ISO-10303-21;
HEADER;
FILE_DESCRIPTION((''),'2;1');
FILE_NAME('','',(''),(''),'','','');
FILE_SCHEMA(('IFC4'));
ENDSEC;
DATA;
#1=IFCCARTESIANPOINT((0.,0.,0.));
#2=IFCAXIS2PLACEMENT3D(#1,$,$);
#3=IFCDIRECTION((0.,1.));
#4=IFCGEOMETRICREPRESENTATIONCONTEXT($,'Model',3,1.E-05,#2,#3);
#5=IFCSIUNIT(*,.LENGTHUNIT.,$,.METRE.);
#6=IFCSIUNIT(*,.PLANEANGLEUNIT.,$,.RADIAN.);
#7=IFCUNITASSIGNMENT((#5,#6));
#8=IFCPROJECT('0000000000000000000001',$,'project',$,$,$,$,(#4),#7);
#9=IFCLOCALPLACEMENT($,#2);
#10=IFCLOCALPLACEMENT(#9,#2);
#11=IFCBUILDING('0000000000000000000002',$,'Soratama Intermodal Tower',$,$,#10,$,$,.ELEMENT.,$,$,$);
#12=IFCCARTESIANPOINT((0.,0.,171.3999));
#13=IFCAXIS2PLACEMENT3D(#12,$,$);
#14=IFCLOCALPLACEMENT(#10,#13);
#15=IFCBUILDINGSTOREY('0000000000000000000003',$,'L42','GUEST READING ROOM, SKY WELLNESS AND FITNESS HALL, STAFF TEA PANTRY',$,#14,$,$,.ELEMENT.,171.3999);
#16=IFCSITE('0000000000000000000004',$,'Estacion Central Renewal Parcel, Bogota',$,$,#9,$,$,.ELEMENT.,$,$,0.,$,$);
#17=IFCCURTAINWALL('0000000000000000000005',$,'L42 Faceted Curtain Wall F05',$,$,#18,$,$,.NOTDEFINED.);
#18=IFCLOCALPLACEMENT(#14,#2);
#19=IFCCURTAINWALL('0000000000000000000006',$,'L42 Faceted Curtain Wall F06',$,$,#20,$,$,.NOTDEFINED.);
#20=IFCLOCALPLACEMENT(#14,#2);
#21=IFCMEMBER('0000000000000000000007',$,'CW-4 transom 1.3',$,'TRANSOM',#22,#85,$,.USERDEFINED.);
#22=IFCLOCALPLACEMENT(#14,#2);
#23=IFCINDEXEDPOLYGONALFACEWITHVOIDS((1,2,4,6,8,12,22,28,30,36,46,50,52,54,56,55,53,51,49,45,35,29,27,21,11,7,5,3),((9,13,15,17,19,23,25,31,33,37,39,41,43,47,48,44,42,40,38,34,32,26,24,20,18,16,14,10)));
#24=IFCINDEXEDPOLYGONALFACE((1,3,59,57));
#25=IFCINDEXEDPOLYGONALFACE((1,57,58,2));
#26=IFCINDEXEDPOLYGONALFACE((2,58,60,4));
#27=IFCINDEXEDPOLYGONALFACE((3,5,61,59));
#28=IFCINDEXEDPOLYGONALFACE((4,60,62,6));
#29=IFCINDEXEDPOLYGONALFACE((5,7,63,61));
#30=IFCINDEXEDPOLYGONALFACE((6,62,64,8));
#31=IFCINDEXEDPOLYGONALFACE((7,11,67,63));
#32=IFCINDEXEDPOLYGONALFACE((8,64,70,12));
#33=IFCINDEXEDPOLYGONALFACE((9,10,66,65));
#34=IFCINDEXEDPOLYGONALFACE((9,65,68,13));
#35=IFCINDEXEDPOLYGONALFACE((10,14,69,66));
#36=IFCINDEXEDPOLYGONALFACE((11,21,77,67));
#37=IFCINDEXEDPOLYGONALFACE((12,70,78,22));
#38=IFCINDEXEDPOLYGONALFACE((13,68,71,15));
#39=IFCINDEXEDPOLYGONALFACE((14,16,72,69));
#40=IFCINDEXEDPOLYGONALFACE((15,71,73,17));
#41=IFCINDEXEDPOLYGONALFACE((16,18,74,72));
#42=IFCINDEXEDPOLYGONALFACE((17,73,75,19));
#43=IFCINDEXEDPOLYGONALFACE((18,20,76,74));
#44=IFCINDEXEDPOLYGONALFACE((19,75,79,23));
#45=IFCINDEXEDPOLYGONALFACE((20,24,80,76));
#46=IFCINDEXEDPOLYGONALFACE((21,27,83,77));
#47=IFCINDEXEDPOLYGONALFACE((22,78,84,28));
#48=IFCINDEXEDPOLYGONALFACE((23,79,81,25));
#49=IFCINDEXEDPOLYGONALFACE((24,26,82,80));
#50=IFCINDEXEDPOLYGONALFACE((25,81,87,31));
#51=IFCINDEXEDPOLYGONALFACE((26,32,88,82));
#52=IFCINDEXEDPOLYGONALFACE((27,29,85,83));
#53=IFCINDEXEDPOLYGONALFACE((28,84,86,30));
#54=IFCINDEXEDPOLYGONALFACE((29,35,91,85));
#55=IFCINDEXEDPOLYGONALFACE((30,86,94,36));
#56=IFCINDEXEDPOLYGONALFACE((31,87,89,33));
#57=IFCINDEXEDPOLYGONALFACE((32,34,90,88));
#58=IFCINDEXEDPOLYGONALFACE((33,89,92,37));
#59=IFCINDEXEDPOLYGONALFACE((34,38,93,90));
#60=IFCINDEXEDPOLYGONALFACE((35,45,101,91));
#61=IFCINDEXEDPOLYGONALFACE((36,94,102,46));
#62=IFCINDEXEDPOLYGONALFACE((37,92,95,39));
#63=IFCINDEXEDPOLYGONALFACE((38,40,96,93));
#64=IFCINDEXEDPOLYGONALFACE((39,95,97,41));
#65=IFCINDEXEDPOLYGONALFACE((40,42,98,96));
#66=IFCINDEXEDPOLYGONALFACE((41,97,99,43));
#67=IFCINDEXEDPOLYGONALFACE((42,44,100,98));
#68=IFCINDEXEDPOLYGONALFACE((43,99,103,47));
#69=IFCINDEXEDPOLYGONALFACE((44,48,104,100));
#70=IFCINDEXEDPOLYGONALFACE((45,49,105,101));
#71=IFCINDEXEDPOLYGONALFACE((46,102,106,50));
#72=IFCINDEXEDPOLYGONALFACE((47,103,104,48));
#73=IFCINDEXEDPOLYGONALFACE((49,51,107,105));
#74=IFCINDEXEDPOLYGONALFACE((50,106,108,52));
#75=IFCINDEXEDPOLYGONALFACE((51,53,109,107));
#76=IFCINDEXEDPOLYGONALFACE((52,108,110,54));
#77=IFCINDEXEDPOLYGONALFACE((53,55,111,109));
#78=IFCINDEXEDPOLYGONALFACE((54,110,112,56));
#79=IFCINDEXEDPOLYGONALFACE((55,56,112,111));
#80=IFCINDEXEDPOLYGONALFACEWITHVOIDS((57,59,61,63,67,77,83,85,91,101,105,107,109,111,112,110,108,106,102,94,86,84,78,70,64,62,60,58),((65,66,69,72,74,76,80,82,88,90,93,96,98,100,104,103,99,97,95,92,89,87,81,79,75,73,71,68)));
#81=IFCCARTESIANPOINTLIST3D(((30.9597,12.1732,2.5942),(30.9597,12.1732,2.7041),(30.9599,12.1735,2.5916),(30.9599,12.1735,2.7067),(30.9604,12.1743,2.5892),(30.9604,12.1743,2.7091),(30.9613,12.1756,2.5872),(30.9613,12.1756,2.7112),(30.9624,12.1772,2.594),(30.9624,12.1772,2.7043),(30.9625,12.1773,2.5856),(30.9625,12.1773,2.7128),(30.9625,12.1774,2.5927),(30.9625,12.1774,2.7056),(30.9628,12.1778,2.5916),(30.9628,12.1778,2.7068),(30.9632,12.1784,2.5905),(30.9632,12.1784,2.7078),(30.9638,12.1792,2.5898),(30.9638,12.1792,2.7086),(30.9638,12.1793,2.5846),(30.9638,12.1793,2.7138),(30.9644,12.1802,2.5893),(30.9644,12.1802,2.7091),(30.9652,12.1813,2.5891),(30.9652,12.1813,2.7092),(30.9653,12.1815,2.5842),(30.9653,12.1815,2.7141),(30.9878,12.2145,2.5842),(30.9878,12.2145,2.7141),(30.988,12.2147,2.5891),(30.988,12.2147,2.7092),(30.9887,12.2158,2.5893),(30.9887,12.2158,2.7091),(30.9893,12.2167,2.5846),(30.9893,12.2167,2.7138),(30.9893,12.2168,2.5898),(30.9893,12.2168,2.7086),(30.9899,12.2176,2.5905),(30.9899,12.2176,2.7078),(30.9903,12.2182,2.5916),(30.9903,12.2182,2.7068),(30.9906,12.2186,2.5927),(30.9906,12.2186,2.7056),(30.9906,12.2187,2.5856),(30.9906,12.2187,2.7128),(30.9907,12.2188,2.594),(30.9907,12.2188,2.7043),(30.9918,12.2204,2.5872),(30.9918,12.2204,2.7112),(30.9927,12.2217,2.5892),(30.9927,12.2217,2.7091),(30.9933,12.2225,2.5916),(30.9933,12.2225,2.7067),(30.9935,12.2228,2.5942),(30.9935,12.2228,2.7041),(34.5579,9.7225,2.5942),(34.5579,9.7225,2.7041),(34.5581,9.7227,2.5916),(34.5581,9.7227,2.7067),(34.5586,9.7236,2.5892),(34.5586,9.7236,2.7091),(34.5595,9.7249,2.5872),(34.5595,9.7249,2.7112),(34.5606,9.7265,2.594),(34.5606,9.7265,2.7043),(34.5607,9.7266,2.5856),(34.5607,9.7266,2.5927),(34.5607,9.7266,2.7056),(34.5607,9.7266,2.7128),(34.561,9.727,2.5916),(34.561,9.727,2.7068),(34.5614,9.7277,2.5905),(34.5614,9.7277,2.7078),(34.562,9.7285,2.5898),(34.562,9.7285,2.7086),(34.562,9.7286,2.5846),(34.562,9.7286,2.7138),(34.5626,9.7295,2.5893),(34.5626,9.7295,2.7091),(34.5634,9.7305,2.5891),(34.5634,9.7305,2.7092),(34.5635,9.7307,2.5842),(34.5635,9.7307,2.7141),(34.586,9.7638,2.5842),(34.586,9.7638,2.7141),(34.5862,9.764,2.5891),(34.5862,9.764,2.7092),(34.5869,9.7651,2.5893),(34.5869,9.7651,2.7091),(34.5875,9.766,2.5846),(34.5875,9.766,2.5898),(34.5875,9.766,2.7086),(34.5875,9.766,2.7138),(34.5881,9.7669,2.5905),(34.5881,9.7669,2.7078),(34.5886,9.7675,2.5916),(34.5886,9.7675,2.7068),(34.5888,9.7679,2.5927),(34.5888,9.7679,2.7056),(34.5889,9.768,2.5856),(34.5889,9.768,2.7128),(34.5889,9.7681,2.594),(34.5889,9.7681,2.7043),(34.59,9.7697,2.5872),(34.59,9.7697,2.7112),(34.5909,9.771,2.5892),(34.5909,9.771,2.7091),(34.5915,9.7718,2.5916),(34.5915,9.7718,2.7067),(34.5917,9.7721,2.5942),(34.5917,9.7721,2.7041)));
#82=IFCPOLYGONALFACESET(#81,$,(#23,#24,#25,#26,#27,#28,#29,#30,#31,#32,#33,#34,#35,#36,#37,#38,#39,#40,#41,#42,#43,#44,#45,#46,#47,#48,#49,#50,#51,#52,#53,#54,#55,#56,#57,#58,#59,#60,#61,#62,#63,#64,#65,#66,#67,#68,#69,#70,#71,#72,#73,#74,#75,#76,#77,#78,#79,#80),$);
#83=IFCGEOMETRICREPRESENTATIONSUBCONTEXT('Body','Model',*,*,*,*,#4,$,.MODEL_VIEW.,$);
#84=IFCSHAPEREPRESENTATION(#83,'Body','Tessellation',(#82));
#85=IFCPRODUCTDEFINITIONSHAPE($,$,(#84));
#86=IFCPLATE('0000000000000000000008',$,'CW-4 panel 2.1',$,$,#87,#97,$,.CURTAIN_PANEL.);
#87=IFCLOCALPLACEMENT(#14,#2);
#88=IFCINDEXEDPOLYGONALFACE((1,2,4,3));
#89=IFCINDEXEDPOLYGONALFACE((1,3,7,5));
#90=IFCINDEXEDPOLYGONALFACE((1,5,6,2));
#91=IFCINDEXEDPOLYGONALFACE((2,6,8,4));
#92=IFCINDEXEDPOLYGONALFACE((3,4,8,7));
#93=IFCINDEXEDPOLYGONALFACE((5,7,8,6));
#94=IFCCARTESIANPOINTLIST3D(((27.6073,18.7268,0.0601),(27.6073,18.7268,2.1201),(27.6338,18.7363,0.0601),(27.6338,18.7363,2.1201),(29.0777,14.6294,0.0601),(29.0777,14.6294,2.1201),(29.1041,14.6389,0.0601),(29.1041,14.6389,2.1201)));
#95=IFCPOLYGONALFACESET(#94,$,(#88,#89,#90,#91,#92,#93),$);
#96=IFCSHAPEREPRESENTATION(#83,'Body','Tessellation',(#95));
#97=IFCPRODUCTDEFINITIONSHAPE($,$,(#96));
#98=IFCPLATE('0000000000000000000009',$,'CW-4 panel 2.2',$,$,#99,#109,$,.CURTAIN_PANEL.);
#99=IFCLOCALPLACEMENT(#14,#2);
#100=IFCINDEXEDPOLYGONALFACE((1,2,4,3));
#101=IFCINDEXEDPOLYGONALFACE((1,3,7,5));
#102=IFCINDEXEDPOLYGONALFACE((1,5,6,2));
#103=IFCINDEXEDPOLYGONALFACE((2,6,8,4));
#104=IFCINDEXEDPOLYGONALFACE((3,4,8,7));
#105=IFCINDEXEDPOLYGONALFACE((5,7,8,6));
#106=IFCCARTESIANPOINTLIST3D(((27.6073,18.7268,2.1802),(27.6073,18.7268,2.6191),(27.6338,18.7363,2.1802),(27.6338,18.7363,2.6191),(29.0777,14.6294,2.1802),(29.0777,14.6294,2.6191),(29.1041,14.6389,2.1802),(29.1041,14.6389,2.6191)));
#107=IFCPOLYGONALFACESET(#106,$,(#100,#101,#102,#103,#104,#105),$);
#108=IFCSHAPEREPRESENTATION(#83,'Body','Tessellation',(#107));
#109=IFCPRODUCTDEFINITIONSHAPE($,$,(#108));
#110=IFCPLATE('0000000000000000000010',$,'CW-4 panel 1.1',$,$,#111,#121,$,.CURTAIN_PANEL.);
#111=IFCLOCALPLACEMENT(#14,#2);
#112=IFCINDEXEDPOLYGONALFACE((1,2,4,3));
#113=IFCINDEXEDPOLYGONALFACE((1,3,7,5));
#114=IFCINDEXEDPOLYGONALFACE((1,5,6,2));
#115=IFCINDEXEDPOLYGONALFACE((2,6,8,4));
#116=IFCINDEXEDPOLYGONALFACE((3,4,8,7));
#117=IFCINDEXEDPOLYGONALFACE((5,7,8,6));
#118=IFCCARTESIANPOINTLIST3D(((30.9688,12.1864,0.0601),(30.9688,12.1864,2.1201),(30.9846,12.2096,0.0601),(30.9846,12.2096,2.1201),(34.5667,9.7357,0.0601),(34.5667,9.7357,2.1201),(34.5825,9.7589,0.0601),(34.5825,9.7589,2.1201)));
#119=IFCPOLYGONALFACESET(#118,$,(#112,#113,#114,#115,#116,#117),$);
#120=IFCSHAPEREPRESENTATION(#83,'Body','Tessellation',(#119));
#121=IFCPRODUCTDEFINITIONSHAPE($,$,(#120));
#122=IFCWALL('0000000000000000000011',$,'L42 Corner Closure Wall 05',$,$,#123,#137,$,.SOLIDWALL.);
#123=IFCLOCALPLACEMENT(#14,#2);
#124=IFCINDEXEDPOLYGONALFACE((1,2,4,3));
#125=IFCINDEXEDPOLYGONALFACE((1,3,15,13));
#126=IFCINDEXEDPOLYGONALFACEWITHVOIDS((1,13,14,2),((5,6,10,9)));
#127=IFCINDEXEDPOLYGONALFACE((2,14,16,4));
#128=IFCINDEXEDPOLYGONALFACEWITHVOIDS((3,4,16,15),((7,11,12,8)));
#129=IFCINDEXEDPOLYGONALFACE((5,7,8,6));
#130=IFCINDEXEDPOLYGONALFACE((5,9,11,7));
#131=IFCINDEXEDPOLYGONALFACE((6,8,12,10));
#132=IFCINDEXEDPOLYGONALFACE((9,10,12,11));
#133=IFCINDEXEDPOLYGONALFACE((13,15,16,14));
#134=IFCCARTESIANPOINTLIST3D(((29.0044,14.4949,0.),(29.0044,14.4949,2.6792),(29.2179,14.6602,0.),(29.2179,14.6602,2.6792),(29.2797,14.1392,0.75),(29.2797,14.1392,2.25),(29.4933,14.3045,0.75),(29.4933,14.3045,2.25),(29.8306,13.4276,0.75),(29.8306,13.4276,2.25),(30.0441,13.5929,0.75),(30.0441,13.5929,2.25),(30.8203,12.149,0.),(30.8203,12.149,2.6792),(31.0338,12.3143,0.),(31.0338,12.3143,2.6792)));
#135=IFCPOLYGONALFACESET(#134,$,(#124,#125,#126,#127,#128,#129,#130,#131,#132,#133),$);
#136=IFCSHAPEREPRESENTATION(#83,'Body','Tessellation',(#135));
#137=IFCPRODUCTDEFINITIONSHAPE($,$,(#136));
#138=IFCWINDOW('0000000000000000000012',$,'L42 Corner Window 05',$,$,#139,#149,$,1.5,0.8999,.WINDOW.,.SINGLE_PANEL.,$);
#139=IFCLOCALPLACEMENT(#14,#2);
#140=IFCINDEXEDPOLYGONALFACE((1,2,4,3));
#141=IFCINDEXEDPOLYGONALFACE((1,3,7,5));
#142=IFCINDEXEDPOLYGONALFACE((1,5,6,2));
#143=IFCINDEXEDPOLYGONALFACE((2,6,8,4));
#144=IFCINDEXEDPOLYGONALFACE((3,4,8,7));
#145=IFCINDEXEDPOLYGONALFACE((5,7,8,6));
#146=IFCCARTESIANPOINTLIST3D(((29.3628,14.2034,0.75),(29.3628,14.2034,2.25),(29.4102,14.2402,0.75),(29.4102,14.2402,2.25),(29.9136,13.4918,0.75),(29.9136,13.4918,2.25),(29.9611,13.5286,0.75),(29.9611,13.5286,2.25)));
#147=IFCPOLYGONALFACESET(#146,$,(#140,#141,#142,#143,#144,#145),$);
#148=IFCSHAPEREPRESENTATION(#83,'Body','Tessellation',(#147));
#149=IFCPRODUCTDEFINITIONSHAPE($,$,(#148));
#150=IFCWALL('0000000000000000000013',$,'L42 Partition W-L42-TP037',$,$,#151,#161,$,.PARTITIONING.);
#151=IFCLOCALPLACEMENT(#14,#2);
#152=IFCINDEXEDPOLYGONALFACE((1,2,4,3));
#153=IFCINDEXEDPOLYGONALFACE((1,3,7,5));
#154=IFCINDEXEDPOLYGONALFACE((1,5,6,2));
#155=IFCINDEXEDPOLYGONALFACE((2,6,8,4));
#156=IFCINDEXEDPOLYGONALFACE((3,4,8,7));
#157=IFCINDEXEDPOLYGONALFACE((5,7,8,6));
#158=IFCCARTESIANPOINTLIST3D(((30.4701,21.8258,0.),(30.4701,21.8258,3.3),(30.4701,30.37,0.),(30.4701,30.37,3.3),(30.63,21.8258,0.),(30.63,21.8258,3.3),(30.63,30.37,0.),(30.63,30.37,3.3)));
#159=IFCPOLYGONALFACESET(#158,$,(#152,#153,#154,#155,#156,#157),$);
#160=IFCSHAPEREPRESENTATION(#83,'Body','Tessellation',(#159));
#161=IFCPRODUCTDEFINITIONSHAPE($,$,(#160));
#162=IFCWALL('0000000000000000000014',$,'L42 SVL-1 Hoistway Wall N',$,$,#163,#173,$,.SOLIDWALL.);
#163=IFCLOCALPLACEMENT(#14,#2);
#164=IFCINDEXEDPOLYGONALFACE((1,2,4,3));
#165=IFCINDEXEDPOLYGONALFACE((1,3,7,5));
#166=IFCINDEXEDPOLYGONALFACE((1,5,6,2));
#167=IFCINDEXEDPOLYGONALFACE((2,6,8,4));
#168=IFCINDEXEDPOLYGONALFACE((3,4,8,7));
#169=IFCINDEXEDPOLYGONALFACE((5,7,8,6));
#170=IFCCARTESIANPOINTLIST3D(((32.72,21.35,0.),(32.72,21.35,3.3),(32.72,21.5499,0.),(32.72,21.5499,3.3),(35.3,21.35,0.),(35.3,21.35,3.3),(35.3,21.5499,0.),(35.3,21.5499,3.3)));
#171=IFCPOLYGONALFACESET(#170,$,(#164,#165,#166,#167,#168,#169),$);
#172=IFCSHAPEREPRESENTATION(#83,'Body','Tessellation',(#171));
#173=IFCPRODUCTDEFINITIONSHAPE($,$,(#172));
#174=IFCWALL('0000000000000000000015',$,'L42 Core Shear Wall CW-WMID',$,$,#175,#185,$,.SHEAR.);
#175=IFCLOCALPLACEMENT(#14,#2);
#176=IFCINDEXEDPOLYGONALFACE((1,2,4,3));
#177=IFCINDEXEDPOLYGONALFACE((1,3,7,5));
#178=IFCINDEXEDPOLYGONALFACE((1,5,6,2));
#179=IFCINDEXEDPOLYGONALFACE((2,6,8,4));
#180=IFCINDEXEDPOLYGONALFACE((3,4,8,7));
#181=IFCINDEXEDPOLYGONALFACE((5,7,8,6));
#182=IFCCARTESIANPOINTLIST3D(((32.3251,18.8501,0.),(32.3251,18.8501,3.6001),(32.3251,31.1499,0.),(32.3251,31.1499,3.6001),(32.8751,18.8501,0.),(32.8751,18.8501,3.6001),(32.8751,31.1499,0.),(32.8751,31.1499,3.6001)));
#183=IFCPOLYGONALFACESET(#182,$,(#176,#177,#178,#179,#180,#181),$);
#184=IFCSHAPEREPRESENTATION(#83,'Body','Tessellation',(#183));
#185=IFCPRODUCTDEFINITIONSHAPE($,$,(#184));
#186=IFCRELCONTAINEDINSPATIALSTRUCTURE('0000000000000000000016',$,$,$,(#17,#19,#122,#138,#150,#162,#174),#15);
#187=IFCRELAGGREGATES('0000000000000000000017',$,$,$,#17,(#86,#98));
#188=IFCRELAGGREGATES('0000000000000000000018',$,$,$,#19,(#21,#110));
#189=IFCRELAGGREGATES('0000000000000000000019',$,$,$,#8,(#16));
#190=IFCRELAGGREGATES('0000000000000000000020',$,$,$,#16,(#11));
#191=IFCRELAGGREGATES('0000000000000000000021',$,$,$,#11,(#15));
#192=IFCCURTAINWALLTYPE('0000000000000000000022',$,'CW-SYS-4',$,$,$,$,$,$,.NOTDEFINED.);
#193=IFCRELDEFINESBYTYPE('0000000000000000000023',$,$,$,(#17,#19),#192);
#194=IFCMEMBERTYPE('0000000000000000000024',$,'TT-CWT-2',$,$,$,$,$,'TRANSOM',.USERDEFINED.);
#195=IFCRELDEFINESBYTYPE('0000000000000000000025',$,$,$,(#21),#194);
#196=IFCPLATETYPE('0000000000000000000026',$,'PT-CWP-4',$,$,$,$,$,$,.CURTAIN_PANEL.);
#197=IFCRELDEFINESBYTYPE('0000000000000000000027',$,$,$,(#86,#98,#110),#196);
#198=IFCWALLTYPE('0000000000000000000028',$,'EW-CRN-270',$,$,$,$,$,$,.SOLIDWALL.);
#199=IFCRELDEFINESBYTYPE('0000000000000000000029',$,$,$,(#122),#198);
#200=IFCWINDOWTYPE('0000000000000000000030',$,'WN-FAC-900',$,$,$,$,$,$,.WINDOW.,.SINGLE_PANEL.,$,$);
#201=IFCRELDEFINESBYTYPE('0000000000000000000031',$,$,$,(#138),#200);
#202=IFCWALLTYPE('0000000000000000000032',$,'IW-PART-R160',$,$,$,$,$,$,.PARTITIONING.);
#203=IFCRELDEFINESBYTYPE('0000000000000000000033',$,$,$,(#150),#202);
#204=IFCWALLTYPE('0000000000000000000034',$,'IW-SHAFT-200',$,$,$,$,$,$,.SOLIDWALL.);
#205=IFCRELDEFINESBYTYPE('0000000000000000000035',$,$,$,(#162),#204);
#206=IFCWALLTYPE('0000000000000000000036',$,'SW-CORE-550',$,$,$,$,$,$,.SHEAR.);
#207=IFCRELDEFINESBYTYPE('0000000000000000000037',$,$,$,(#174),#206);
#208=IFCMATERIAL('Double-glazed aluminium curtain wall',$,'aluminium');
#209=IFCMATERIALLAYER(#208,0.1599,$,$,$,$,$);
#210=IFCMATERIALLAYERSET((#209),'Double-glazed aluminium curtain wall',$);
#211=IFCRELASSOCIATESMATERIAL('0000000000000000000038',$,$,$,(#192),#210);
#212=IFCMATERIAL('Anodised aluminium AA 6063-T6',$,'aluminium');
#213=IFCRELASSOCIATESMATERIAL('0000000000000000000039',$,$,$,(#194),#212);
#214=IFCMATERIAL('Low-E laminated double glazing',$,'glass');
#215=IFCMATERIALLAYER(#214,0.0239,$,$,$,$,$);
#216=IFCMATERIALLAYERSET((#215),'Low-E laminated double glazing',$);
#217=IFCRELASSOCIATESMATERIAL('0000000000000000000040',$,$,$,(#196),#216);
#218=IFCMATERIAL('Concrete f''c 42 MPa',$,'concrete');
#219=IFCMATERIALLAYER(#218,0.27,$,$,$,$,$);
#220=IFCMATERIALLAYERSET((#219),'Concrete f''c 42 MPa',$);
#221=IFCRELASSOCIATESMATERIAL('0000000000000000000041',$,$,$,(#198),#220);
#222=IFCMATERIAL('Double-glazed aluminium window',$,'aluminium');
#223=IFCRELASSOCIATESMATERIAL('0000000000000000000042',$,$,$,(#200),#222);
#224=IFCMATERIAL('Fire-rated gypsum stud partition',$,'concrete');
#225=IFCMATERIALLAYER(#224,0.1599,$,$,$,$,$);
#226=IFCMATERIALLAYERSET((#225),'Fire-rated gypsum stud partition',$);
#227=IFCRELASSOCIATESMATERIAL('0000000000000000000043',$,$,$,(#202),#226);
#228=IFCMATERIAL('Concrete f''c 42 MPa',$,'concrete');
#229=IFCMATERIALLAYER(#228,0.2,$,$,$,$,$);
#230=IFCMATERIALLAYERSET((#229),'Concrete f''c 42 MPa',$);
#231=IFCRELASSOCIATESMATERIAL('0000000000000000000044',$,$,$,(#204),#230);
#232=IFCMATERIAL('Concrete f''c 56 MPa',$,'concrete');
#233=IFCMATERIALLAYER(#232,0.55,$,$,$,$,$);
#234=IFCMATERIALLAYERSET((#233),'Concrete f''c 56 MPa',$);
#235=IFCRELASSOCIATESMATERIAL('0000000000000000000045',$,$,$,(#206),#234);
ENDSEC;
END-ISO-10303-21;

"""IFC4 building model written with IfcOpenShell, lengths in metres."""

from ifc_helpers import new_model, si_unit, direction, frame, frame_2d, origin, origin_2d, place, context, subcontext, project, spatial, rectangle, hollow_rectangle, extrude, material, layer, layer_set, material_profile, profile_set, type_object, element, fill, aggregate, save


model = new_model("IFC4")

# Units and contexts
model_context = context("Model", 3, precision=1e-05, world=origin(), true_north=direction((0.0, 1.0)))
body_context = subcontext(model_context, "Body", "Model", "MODEL_VIEW")
ifc_project = project(units=[si_unit("LENGTHUNIT", "METRE"), si_unit("PLANEANGLEUNIT", "RADIAN")], contexts=[model_context])

# Site, building, storey
site_placement = place(None, origin())
site = spatial("IfcSite", under=ifc_project, at=site_placement, Name="Estacion Central Renewal Parcel, Bogota", CompositionType="ELEMENT", RefElevation=0.0)
building_placement = place(site_placement, origin())
building = spatial("IfcBuilding", under=site, at=building_placement, Name="Soratama Intermodal Tower", CompositionType="ELEMENT")
storey_placement = place(building_placement, frame((0.0, 0.0, 171.3999)))
storey = spatial("IfcBuildingStorey", under=building, at=storey_placement, Name="L42", Description="GUEST READING ROOM, SKY WELLNESS AND FITNESS HALL, STAFF TEA PANTRY", CompositionType="ELEMENT", Elevation=171.3999)

# Curtain wall
ifc_material_1 = material(Name="Double-glazed aluminium curtain wall", Category="aluminium")
ifc_layer_1 = layer(ifc_material_1, 0.1599)
ifc_layer_set_1 = layer_set([ifc_layer_1], Name="Double-glazed aluminium curtain wall")
curtain_wall_type = type_object("IfcCurtainWallType", Name="CW-SYS-4", PredefinedType="NOTDEFINED", material=ifc_layer_set_1)
curtain_wall_1_placement = place(storey_placement, origin())
curtain_wall_1 = element("IfcCurtainWall", 1, at=curtain_wall_1_placement, inside=storey, type_object=curtain_wall_type, Name="L42 Faceted Curtain Wall F05", PredefinedType="NOTDEFINED")

# Curtain wall, member
curtain_wall_2_placement = place(storey_placement, origin())
curtain_wall_2 = element("IfcCurtainWall", 2, at=curtain_wall_2_placement, inside=storey, type_object=curtain_wall_type, Name="L42 Faceted Curtain Wall F06", PredefinedType="NOTDEFINED")
ifc_material_2 = material(Name="Anodised aluminium AA 6063-T6", Category="aluminium")
ifc_material_profile_1 = material_profile(ifc_material_2, hollow_rectangle(XDim=0.0601, YDim=0.1299, WallThickness=0.0049, InnerFilletRadius=0.0049, OuterFilletRadius=0.01, at=origin_2d()), Name="CWT130X60X5")
ifc_profile_set_1 = profile_set([ifc_material_profile_1], Name="Anodised aluminium AA 6063-T6")
member_type_1 = type_object("IfcMemberType", Name="TT-CWT-2", ElementType="TRANSOM", PredefinedType="USERDEFINED", material=ifc_profile_set_1)
member_1_placement = place(storey_placement, frame((30.9766, 12.198, 2.6492), z_axis=(0.826505, -0.56293, 0.0), x_axis=(0.56293, 0.826505, 0.0)))
member_1 = element("IfcMember", 3, at=member_1_placement, type_object=member_type_1, Name="CW-4 transom 1.3", ObjectType="TRANSOM", PredefinedType="USERDEFINED", context=body_context, shape_type="SweptSolid", body=[
    extrude(hollow_rectangle(XDim=0.0601, YDim=0.1299, WallThickness=0.0049, InnerFilletRadius=0.0049, OuterFilletRadius=0.01, at=origin_2d()), origin(), (0.0, 0.0, 1.0), 4.3535),
])

# Plates
ifc_material_3 = material(Name="Low-E laminated double glazing", Category="glass")
ifc_layer_2 = layer(ifc_material_3, 0.0239)
ifc_layer_set_2 = layer_set([ifc_layer_2], Name="Low-E laminated double glazing")
plate_type = type_object("IfcPlateType", Name="PT-CWP-4", PredefinedType="CURTAIN_PANEL", material=ifc_layer_set_2)
plate_1_placement = place(storey_placement, frame((28.3557, 16.6829, 0.0601), z_axis=(0.0, 0.0, 1.0), x_axis=(0.337751, -0.941235, 0.0)))
plate_1 = element("IfcPlate", 4, at=plate_1_placement, type_object=plate_type, Name="CW-4 panel 2.1", PredefinedType="CURTAIN_PANEL", context=body_context, shape_type="SweptSolid", body=[
    extrude(rectangle(XDim=4.3533, YDim=0.0281, at=origin_2d()), origin(), (0.0, 0.0, 1.0), 2.0601),
])
plate_2_placement = place(storey_placement, frame((28.3557, 16.6829, 2.1802), z_axis=(0.0, 0.0, 1.0), x_axis=(0.337751, -0.941235, 0.0)))
plate_2 = element("IfcPlate", 5, at=plate_2_placement, type_object=plate_type, Name="CW-4 panel 2.2", PredefinedType="CURTAIN_PANEL", context=body_context, shape_type="SweptSolid", body=[
    extrude(rectangle(XDim=4.3533, YDim=0.0281, at=origin_2d()), origin(), (0.0, 0.0, 1.0), 0.439),
])
aggregate(curtain_wall_1, [plate_1, plate_2])
plate_3_placement = place(storey_placement, frame((32.7756, 10.9727, 0.0601), z_axis=(0.0, 0.0, 1.0), x_axis=(0.82649, -0.562951, 0.0)))
plate_3 = element("IfcPlate", 6, at=plate_3_placement, type_object=plate_type, Name="CW-4 panel 1.1", PredefinedType="CURTAIN_PANEL", context=body_context, shape_type="SweptSolid", body=[
    extrude(rectangle(XDim=4.3533, YDim=0.0281, at=origin_2d()), origin(), (0.0, 0.0, 1.0), 2.0601),
])
aggregate(curtain_wall_2, [member_1, plate_3])

# Wall, opening, window
ifc_material_4 = material(Name="Concrete f'c 42 MPa", Category="concrete")
ifc_layer_3 = layer(ifc_material_4, 0.27)
ifc_layer_set_3 = layer_set([ifc_layer_3], Name="Concrete f'c 42 MPa")
wall_type_1 = type_object("IfcWallType", Name="EW-CRN-270", PredefinedType="SOLIDWALL", material=ifc_layer_set_3)
wall_1_placement = place(storey_placement, frame((29.1111, 14.5776, 0.0), z_axis=(0.0, 0.0, 1.0), x_axis=(0.61211, -0.790773, 0.0)))
wall_1 = element("IfcWall", 7, at=wall_1_placement, inside=storey, type_object=wall_type_1, Name="L42 Corner Closure Wall 05", PredefinedType="SOLIDWALL", context=body_context, shape_type="SweptSolid", body=[
    extrude(rectangle(XDim=2.9666, YDim=0.27, at=frame_2d((1.4834, 0.0))), origin(), (0.0, 0.0, 1.0), 2.6792),
])
opening_placement = place(wall_1_placement, frame((0.45, 0.0, 0.75)))
opening = element("IfcOpeningElement", 8, at=opening_placement, cuts=wall_1, PredefinedType="OPENING", context=body_context, shape_type="SweptSolid", body=[
    extrude(rectangle(XDim=0.8999, YDim=1.5, at=frame_2d((0.45, 0.75))), frame((0.0, 0.145, 0.0), z_axis=(0.0, -1.0, 0.0), x_axis=(1.0, 0.0, 0.0)), (0.0, 0.0, 1.0), 0.29),
])
ifc_material_5 = material(Name="Double-glazed aluminium window", Category="aluminium")
window_type = type_object("IfcWindowType", Name="WN-FAC-900", PartitioningType="SINGLE_PANEL", PredefinedType="WINDOW", material=ifc_material_5)
window_placement = place(opening_placement, origin())
window = element("IfcWindow", 9, at=window_placement, inside=storey, type_object=window_type, Name="L42 Corner Window 05", OverallHeight=1.5, OverallWidth=0.8999, PartitioningType="SINGLE_PANEL", PredefinedType="WINDOW", context=body_context, shape_type="SweptSolid", body=[
    extrude(rectangle(XDim=0.8999, YDim=1.5, at=frame_2d((0.45, 0.75))), frame((0.0, 0.03, 0.0), z_axis=(0.0, -1.0, 0.0), x_axis=(1.0, 0.0, 0.0)), (0.0, 0.0, 1.0), 0.0601),
])
fill(opening, window)

# Walls
ifc_material_6 = material(Name="Fire-rated gypsum stud partition", Category="concrete")
ifc_layer_4 = layer(ifc_material_6, 0.1599)
ifc_layer_set_4 = layer_set([ifc_layer_4], Name="Fire-rated gypsum stud partition")
wall_type_2 = type_object("IfcWallType", Name="IW-PART-R160", PredefinedType="PARTITIONING", material=ifc_layer_set_4)
wall_2_placement = place(storey_placement, frame((30.55, 21.8259, 0.0), z_axis=(0.0, 0.0, 1.0), x_axis=(0.0, 1.0, 0.0)))
element("IfcWall", 10, at=wall_2_placement, inside=storey, type_object=wall_type_2, Name="L42 Partition W-L42-TP037", PredefinedType="PARTITIONING", context=body_context, shape_type="SweptSolid", body=[
    extrude(rectangle(XDim=8.5442, YDim=0.1599, at=frame_2d((4.272, 0.0))), origin(), (0.0, 0.0, 1.0), 3.3),
])
ifc_material_7 = material(Name="Concrete f'c 42 MPa", Category="concrete")
ifc_layer_5 = layer(ifc_material_7, 0.2)
ifc_layer_set_5 = layer_set([ifc_layer_5], Name="Concrete f'c 42 MPa")
wall_type_3 = type_object("IfcWallType", Name="IW-SHAFT-200", PredefinedType="SOLIDWALL", material=ifc_layer_set_5)
wall_3_placement = place(storey_placement, frame((32.72, 21.45, 0.0), z_axis=(0.0, 0.0, 1.0), x_axis=(1.0, 0.0, 0.0)))
element("IfcWall", 11, at=wall_3_placement, inside=storey, type_object=wall_type_3, Name="L42 SVL-1 Hoistway Wall N", PredefinedType="SOLIDWALL", context=body_context, shape_type="SweptSolid", body=[
    extrude(rectangle(XDim=2.5801, YDim=0.2, at=frame_2d((1.29, 0.0))), origin(), (0.0, 0.0, 1.0), 3.3),
])
ifc_material_8 = material(Name="Concrete f'c 56 MPa", Category="concrete")
ifc_layer_6 = layer(ifc_material_8, 0.55)
ifc_layer_set_6 = layer_set([ifc_layer_6], Name="Concrete f'c 56 MPa")
wall_type_4 = type_object("IfcWallType", Name="SW-CORE-550", PredefinedType="SHEAR", material=ifc_layer_set_6)
wall_4_placement = place(storey_placement, frame((32.6001, 18.8501, 0.0), z_axis=(0.0, 0.0, 1.0), x_axis=(0.0, 1.0, 0.0)))
element("IfcWall", 12, at=wall_4_placement, inside=storey, type_object=wall_type_4, Name="L42 Core Shear Wall CW-WMID", PredefinedType="SHEAR", context=body_context, shape_type="SweptSolid", body=[
    extrude(rectangle(XDim=12.2998, YDim=0.55, at=frame_2d((6.1499, 0.0))), origin(), (0.0, 0.0, 1.0), 3.6001),
])

save(model, "model.ifc")
